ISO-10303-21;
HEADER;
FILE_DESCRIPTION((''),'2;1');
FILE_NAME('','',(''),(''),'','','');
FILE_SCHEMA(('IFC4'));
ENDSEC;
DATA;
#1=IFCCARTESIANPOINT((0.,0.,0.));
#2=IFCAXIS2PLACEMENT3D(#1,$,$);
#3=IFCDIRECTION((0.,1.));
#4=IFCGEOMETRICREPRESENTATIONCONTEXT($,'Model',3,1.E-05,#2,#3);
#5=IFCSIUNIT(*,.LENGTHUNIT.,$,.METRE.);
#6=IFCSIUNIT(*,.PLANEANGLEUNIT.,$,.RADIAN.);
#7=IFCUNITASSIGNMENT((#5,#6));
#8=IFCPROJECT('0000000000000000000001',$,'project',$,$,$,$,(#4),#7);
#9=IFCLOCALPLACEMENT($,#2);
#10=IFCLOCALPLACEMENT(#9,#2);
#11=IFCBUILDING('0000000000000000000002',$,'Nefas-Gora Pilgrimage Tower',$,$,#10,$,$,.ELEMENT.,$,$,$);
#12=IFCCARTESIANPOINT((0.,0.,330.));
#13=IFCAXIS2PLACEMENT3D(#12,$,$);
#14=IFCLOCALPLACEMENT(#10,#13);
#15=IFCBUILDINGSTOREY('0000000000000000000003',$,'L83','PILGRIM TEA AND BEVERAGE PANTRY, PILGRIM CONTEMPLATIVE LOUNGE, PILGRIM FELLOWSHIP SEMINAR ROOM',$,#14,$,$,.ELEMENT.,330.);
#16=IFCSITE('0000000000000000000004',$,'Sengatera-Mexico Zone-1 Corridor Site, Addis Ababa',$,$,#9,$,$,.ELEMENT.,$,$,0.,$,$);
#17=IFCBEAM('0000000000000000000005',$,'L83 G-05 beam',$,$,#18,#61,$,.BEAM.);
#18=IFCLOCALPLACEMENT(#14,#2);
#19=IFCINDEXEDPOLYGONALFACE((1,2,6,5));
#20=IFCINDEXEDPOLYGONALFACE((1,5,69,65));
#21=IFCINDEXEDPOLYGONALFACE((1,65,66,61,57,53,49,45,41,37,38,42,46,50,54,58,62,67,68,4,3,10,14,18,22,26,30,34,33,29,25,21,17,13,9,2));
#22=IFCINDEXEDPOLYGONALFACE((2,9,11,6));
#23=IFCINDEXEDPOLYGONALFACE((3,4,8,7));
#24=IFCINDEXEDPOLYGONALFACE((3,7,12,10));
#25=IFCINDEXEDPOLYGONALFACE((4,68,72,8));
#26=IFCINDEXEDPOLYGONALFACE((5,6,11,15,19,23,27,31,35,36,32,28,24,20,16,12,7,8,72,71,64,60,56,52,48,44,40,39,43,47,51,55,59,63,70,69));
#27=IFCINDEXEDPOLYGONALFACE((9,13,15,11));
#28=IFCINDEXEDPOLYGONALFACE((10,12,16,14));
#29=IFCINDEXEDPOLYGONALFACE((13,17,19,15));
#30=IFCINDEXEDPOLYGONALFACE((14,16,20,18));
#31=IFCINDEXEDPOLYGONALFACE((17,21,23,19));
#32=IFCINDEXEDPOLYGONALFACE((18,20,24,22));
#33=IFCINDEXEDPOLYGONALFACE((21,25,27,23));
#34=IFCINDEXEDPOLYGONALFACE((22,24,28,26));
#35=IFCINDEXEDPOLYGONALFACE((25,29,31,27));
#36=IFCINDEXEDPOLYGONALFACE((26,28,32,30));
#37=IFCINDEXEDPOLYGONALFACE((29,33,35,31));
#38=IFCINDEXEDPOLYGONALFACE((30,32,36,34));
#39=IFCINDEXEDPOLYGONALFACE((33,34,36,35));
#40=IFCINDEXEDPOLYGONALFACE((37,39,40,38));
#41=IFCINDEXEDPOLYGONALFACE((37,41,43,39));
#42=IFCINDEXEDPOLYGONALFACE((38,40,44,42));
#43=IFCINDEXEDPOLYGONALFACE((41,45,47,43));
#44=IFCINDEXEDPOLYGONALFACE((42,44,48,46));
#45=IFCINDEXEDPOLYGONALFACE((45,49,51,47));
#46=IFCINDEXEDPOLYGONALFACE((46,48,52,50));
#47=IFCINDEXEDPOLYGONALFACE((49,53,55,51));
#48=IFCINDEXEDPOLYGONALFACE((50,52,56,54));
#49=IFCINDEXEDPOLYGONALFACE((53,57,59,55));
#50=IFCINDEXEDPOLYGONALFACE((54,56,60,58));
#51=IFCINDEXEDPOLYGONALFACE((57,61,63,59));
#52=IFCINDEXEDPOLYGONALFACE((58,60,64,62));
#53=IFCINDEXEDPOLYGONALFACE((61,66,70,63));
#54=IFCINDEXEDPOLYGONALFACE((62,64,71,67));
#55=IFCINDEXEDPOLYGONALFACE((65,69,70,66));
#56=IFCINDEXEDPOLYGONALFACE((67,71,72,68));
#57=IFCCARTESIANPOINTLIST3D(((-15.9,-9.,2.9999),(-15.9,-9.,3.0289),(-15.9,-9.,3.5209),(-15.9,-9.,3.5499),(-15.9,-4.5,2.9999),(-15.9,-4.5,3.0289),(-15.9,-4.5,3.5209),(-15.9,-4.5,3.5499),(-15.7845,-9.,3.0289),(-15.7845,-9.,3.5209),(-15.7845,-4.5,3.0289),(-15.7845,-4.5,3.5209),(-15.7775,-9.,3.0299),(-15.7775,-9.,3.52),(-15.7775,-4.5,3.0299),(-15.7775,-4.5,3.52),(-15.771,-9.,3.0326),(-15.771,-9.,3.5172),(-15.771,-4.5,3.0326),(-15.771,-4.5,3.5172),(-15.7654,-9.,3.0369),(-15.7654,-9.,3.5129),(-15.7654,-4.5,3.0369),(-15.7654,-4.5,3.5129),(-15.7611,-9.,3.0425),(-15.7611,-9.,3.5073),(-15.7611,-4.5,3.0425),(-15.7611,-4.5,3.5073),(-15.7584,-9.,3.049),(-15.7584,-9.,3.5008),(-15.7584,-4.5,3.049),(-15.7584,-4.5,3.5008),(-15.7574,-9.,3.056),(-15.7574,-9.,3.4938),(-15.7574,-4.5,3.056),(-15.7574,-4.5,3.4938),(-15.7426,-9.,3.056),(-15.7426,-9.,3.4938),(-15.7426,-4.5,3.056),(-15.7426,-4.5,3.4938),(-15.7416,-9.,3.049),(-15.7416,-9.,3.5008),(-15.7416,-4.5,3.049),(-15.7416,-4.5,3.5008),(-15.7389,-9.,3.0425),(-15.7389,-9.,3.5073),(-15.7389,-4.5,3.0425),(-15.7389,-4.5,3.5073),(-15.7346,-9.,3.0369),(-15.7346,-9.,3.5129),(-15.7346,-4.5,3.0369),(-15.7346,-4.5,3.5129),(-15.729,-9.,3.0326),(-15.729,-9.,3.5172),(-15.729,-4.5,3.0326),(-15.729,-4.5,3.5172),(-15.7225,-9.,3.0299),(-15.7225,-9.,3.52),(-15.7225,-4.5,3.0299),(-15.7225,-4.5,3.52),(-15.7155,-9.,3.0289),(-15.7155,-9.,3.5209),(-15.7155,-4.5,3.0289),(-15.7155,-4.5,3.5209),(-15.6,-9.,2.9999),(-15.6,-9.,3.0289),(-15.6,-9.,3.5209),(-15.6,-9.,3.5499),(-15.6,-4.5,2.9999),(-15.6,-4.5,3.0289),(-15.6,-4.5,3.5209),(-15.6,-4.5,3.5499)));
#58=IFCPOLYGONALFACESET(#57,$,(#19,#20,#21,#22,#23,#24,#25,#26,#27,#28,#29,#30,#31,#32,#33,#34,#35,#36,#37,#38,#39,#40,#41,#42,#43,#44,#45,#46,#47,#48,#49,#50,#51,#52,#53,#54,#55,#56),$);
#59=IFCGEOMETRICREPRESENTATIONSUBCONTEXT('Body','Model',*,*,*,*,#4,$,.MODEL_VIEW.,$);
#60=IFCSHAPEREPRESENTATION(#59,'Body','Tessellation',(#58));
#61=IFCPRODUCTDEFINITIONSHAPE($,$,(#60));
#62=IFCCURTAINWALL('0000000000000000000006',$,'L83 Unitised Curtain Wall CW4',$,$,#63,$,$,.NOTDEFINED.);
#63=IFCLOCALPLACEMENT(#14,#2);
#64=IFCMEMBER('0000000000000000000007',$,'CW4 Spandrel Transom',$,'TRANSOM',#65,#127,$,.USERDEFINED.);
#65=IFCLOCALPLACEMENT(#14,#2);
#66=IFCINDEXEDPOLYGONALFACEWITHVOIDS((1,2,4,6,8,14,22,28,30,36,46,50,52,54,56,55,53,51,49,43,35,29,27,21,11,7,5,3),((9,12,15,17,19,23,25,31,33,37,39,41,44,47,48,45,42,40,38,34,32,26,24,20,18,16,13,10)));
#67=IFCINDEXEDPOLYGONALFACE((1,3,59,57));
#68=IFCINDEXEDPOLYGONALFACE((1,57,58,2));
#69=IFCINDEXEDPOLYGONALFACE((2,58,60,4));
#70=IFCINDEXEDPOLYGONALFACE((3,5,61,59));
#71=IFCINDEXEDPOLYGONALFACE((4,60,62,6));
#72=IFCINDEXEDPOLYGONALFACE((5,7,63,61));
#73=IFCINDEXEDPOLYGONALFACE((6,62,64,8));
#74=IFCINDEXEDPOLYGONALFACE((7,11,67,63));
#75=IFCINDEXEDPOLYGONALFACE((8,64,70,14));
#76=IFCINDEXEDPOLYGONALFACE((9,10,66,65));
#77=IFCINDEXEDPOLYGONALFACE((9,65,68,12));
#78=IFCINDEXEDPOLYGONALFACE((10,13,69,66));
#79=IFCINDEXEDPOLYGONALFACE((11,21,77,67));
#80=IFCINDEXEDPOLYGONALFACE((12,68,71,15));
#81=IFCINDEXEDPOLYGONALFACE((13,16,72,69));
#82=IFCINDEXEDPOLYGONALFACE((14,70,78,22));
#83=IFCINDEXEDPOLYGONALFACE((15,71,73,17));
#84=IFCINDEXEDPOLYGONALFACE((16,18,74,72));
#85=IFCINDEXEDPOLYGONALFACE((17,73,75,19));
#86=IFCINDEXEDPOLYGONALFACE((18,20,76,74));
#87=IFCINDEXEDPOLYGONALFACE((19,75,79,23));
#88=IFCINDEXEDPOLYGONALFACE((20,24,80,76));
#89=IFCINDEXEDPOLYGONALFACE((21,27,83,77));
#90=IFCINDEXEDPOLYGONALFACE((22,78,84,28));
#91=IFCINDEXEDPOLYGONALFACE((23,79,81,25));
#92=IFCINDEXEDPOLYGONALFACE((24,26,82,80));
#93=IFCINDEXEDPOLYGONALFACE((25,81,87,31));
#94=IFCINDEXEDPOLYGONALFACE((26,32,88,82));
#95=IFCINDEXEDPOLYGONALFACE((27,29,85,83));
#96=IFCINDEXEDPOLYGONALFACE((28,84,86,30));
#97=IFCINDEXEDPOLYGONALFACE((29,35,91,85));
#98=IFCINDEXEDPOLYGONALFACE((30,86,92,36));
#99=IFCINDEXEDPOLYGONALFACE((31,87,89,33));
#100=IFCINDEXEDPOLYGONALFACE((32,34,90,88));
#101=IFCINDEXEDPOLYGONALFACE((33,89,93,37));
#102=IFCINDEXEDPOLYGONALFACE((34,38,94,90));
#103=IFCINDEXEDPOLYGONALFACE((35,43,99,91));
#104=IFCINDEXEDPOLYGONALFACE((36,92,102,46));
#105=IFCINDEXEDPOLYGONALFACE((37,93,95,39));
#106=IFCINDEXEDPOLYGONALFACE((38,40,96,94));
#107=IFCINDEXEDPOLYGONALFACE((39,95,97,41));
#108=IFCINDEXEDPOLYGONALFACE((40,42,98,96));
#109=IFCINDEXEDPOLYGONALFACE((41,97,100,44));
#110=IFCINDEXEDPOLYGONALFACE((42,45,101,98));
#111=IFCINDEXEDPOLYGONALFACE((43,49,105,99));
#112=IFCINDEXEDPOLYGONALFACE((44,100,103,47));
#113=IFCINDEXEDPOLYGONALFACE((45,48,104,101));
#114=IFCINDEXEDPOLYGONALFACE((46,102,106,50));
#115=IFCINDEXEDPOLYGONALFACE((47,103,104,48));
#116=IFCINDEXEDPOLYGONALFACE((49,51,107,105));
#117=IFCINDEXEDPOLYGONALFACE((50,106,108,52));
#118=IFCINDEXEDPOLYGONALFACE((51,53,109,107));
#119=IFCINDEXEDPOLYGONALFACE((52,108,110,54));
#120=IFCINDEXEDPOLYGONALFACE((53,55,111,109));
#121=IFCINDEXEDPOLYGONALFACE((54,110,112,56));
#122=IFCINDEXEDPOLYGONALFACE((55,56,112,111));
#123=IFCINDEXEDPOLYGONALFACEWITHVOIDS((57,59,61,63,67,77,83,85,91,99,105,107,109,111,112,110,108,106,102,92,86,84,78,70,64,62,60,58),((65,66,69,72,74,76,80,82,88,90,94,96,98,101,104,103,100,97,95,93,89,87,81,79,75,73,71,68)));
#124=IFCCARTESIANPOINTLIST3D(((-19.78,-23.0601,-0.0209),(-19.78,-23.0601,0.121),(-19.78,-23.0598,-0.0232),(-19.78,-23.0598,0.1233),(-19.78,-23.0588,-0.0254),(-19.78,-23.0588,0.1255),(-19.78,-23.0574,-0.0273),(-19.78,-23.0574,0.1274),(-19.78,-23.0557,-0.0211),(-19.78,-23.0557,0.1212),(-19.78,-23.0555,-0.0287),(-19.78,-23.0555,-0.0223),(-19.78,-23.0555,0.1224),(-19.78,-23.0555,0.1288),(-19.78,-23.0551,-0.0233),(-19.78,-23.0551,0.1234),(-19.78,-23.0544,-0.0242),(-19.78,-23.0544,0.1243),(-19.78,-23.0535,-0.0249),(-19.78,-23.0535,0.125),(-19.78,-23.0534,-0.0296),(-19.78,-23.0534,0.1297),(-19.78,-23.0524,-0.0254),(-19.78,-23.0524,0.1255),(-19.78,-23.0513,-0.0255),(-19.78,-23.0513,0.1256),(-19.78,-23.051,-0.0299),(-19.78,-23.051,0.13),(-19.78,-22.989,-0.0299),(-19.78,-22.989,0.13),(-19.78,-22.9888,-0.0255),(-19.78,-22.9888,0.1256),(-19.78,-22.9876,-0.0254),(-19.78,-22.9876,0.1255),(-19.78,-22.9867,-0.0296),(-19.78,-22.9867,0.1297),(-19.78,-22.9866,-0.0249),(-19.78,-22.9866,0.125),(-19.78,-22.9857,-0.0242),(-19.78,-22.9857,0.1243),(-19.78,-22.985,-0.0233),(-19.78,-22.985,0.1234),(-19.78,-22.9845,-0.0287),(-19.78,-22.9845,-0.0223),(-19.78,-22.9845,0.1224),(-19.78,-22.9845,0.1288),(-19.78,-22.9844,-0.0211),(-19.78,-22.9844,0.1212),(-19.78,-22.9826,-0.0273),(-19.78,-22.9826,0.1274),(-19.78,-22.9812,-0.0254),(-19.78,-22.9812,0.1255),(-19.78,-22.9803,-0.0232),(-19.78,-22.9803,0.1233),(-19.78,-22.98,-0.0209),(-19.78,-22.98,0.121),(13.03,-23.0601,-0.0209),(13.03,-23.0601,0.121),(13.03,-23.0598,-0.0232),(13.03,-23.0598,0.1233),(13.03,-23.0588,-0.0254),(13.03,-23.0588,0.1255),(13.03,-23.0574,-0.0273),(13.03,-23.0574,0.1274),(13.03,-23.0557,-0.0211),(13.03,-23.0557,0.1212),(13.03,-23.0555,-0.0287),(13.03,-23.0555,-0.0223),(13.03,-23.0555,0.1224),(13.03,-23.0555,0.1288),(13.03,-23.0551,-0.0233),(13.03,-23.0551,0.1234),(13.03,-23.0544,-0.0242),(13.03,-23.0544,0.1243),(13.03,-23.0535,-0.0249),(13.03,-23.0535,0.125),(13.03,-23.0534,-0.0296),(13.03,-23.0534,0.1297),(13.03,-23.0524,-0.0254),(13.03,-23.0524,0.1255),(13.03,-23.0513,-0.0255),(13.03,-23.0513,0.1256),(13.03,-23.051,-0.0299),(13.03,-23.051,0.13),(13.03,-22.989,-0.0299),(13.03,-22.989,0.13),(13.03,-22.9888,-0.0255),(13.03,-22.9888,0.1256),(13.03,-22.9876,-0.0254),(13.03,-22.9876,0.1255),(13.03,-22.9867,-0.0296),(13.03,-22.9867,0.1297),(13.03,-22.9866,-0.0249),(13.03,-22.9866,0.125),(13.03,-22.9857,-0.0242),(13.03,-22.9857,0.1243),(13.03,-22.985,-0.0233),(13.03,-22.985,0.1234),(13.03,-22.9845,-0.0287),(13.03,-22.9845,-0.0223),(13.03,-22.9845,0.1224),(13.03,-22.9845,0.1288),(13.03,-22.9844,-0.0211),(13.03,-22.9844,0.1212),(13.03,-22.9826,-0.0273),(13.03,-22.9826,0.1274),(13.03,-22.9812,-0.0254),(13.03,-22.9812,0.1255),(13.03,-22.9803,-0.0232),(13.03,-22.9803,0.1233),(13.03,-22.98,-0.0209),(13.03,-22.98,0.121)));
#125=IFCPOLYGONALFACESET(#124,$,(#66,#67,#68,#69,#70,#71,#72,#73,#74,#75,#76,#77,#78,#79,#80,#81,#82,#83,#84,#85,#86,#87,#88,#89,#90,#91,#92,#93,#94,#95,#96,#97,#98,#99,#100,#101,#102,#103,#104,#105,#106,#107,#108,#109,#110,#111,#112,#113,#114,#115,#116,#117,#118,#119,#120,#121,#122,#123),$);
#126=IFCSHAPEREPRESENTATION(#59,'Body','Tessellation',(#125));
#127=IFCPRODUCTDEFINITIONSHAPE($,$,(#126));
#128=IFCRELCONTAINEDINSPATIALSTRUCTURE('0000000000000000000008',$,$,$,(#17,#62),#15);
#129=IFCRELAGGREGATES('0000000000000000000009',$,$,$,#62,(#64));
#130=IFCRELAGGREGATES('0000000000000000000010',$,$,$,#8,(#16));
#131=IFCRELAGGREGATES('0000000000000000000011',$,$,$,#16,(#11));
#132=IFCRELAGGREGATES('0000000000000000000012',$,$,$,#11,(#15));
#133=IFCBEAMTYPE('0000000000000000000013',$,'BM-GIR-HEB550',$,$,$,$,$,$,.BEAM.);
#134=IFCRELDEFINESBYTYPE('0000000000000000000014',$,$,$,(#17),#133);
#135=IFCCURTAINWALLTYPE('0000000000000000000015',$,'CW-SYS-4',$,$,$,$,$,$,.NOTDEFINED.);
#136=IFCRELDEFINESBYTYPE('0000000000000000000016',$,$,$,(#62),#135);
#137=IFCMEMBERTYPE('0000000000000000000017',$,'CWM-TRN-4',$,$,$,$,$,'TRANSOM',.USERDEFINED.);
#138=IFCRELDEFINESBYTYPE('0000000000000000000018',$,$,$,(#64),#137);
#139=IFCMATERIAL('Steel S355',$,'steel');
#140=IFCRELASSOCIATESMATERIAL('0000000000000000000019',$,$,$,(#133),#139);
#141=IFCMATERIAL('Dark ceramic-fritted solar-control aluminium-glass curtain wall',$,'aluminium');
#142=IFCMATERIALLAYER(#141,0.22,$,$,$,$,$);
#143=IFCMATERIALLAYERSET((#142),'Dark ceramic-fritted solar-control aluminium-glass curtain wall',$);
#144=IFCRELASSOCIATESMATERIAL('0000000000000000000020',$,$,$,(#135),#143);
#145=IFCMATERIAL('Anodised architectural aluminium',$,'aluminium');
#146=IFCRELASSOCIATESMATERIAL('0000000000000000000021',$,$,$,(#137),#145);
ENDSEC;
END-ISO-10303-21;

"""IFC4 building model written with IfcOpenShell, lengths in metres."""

from ifc_helpers import new_model, si_unit, direction, frame, origin, origin_2d, place, context, subcontext, project, spatial, hollow_rectangle, i_section, extrude, source, transform, mapped, material, layer, layer_set, material_profile, profile_set, type_object, element, aggregate, save


model = new_model("IFC4")

# Units and contexts
model_context = context("Model", 3, precision=1e-05, world=origin(), true_north=direction((0.0, 1.0)))
body_context = subcontext(model_context, "Body", "Model", "MODEL_VIEW")
ifc_project = project(units=[si_unit("LENGTHUNIT", "METRE"), si_unit("PLANEANGLEUNIT", "RADIAN")], contexts=[model_context])

# Site, building, storey
site_placement = place(None, origin())
site = spatial("IfcSite", under=ifc_project, at=site_placement, Name="Sengatera-Mexico Zone-1 Corridor Site, Addis Ababa", CompositionType="ELEMENT", RefElevation=0.0)
building_placement = place(site_placement, origin())
building = spatial("IfcBuilding", under=site, at=building_placement, Name="Nefas-Gora Pilgrimage Tower", CompositionType="ELEMENT")
storey_placement = place(building_placement, frame((0.0, 0.0, 330.0)))
storey = spatial("IfcBuildingStorey", under=building, at=storey_placement, Name="L83", Description="PILGRIM TEA AND BEVERAGE PANTRY, PILGRIM CONTEMPLATIVE LOUNGE, PILGRIM FELLOWSHIP SEMINAR ROOM", CompositionType="ELEMENT", Elevation=330.0)

# Shared definitions
ifc_material_1 = material(Name="Steel S355", Category="steel")

# Beam
ifc_material_profile_1 = material_profile(ifc_material_1, i_section(OverallWidth=0.3, OverallDepth=0.55, WebThickness=0.0149, FlangeThickness=0.0291, FilletRadius=0.0271, at=origin_2d()), Name="HEB 550")
ifc_profile_set_1 = profile_set([ifc_material_profile_1], Name="Steel S355")
beam_type_1 = type_object("IfcBeamType", Name="BM-GIR-HEB550", PredefinedType="BEAM", material=ifc_profile_set_1)
shared_shape_1 = source(origin(), body_context, "Body", "SweptSolid", [
    extrude(i_section(OverallWidth=0.3, OverallDepth=0.55, WebThickness=0.0149, FlangeThickness=0.0291, FilletRadius=0.0271, at=origin_2d()), origin(), (0.0, 0.0, 1.0), 4.5),
])
for number, where, z_axis, x_axis, name in (
    (1, (-15.75, -9.0, 3.2749), (0.0, 1.0, 0.0), (-1.0, 0.0, 0.0), "L83 G-05 beam"),
):
    element("IfcBeam", number, at=place(storey_placement, frame(where, z_axis=z_axis, x_axis=x_axis)), inside=storey, type_object=beam_type_1, Name=name, PredefinedType="BEAM", context=body_context, shape_type="MappedRepresentation", body=[
        mapped(shared_shape_1, transform((0.0, 0.0, 0.0), x_axis=(1.0, 0.0, 0.0), y_axis=(0.0, 1.0, 0.0), z_axis=(0.0, 0.0, 1.0), scale=1.0)),
    ])

# Curtain wall, member
ifc_material_2 = material(Name="Dark ceramic-fritted solar-control aluminium-glass curtain wall", Category="aluminium")
ifc_layer_1 = layer(ifc_material_2, 0.22)
ifc_layer_set_1 = layer_set([ifc_layer_1], Name="Dark ceramic-fritted solar-control aluminium-glass curtain wall")
curtain_wall_type = type_object("IfcCurtainWallType", Name="CW-SYS-4", PredefinedType="NOTDEFINED", material=ifc_layer_set_1)
curtain_wall_1_placement = place(storey_placement, origin())
curtain_wall_1 = element("IfcCurtainWall", 2, at=curtain_wall_1_placement, inside=storey, type_object=curtain_wall_type, Name="L83 Unitised Curtain Wall CW4", PredefinedType="NOTDEFINED")
ifc_material_3 = material(Name="Anodised architectural aluminium", Category="aluminium")
ifc_material_profile_2 = material_profile(ifc_material_3, hollow_rectangle(XDim=0.0801, YDim=0.1599, WallThickness=0.0044, InnerFilletRadius=0.0044, OuterFilletRadius=0.009, at=origin_2d()), Name="ALU TRANSOM 80x160")
ifc_profile_set_2 = profile_set([ifc_material_profile_2], Name="Anodised architectural aluminium")
member_type_1 = type_object("IfcMemberType", Name="CWM-TRN-4", ElementType="TRANSOM", PredefinedType="USERDEFINED", material=ifc_profile_set_2)
shared_shape_2 = source(origin(), body_context, "Body", "SweptSolid", [
    extrude(hollow_rectangle(XDim=0.0801, YDim=0.1599, WallThickness=0.0044, InnerFilletRadius=0.0044, OuterFilletRadius=0.009, at=origin_2d()), origin(), (0.0, 0.0, 1.0), 32.8101),
])
member_1_placement = place(storey_placement, frame((-19.78, -23.02, 0.05), z_axis=(1.0, 0.0, 0.0), x_axis=(0.0, 1.0, 0.0)))
member_1 = element("IfcMember", 3, at=member_1_placement, type_object=member_type_1, Name="CW4 Spandrel Transom", ObjectType="TRANSOM", PredefinedType="USERDEFINED", context=body_context, shape_type="MappedRepresentation", body=[
    mapped(shared_shape_2, transform((0.0, 0.0, 0.0), x_axis=(1.0, 0.0, 0.0), y_axis=(0.0, 1.0, 0.0), z_axis=(0.0, 0.0, 1.0), scale=1.0)),
])

aggregate(curtain_wall_1, [member_1])

save(model, "model.ifc")
